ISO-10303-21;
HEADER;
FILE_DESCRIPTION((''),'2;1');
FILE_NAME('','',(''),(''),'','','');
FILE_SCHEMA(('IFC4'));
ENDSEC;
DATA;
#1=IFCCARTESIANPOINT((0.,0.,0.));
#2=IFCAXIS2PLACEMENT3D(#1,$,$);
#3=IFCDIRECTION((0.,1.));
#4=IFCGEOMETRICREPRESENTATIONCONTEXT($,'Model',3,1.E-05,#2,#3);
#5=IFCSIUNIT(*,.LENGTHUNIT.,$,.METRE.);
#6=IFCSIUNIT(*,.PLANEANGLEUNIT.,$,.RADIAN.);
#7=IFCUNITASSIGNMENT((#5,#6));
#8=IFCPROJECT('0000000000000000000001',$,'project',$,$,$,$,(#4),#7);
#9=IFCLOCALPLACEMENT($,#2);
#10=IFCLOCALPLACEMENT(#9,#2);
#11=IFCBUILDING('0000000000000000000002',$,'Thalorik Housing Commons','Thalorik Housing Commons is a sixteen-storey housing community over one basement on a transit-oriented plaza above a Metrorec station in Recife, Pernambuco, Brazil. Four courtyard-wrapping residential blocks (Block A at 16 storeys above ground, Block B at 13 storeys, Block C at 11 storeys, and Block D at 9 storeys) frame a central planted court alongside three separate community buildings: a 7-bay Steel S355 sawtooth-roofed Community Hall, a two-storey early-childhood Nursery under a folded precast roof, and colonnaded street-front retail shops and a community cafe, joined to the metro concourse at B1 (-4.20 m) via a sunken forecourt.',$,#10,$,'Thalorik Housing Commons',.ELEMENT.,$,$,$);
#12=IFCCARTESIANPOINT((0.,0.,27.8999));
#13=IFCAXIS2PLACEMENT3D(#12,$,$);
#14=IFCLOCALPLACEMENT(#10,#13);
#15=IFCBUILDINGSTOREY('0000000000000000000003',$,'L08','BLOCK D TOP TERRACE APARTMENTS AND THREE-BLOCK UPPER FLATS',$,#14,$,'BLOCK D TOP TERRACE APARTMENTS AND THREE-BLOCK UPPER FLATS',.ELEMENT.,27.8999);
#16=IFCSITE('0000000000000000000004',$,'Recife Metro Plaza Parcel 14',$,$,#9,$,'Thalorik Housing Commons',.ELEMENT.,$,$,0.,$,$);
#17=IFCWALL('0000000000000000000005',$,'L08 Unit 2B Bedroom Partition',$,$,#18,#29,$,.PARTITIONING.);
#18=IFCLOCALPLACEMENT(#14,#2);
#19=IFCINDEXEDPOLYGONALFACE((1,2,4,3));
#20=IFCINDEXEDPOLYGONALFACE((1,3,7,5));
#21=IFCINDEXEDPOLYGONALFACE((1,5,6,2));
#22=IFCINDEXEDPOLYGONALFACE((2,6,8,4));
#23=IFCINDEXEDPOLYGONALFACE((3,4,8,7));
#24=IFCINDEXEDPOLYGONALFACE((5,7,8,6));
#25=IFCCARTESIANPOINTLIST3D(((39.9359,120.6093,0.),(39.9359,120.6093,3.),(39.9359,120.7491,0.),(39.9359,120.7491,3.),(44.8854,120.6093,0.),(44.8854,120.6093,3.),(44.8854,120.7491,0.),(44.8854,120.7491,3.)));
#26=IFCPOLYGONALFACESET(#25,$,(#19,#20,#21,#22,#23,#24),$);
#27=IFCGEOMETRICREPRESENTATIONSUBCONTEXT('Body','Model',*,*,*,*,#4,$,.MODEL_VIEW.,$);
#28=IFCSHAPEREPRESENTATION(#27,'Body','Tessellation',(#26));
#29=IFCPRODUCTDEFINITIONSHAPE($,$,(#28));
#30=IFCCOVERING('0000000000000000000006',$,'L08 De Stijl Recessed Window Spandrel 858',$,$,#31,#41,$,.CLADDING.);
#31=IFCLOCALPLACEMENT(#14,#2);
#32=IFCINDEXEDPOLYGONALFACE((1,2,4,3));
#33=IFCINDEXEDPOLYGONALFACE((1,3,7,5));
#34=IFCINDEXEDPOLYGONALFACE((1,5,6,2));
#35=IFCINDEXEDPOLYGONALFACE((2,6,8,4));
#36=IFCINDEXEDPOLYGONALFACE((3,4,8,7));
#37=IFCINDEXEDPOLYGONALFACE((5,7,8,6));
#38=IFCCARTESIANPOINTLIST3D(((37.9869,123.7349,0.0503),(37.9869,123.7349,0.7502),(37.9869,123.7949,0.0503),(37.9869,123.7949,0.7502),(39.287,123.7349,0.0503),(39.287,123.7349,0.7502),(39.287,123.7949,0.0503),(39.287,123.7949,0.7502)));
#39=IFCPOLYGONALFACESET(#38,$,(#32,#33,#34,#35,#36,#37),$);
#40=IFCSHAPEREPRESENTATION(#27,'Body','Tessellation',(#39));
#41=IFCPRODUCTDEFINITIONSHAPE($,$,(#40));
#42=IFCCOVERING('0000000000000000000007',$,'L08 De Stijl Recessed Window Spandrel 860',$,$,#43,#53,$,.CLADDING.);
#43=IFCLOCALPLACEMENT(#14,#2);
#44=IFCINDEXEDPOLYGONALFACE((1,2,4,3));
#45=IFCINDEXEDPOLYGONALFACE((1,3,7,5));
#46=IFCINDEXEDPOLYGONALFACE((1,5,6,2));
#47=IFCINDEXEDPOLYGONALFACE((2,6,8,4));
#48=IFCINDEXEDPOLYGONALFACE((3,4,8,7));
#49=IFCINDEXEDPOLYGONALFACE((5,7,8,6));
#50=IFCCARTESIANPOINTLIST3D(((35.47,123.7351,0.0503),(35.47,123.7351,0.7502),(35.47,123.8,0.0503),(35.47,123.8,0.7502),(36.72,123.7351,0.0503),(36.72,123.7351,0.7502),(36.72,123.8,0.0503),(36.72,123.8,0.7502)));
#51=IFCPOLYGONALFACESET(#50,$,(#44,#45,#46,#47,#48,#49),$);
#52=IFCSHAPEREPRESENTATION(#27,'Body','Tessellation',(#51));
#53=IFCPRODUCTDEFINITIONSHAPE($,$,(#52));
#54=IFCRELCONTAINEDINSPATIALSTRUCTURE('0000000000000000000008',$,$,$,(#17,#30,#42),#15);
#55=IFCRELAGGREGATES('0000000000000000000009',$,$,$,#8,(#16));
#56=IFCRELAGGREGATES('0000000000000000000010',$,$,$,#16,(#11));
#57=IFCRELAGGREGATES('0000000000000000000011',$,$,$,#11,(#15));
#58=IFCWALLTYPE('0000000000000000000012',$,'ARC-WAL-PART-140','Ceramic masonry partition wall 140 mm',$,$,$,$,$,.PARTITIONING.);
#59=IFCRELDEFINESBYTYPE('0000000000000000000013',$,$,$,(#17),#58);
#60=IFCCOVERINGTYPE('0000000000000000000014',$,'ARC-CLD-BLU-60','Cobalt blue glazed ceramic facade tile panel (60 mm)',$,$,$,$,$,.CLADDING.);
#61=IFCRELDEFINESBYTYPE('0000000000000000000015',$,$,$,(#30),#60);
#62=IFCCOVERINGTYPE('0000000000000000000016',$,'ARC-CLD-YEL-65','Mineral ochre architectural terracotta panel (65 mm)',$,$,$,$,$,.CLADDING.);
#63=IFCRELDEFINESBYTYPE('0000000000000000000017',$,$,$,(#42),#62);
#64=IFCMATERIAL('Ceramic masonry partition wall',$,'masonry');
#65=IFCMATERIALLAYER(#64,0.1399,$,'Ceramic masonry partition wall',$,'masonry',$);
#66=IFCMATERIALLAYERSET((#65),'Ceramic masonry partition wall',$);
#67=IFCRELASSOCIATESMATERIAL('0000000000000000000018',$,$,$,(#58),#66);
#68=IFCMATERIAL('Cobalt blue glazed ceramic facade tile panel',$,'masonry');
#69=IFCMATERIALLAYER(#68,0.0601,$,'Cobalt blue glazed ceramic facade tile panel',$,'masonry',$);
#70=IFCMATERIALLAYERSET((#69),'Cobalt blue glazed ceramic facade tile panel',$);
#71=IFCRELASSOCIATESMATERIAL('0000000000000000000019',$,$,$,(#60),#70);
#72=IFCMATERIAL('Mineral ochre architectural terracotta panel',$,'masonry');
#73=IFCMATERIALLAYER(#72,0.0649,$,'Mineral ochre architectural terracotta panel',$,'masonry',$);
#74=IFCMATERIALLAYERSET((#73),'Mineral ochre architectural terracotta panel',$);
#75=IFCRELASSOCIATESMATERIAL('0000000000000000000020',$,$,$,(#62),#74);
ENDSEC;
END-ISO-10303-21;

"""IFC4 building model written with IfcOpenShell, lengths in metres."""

from ifc_helpers import new_model, si_unit, direction, frame, frame_2d, origin, origin_2d, place, context, subcontext, project, spatial, rectangle, extrude, material, layer, layer_set, type_object, element, save


model = new_model("IFC4")

# Units and contexts
model_context = context("Model", 3, precision=1e-05, world=origin(), true_north=direction((0.0, 1.0)))
body_context = subcontext(model_context, "Body", "Model", "MODEL_VIEW")
ifc_project = project(units=[si_unit("LENGTHUNIT", "METRE"), si_unit("PLANEANGLEUNIT", "RADIAN")], contexts=[model_context])

# Site, building, storey
site_placement = place(None, origin())
site = spatial("IfcSite", under=ifc_project, at=site_placement, Name="Recife Metro Plaza Parcel 14", LongName="Thalorik Housing Commons", CompositionType="ELEMENT", RefElevation=0.0)
building_placement = place(site_placement, origin())
building = spatial("IfcBuilding", under=site, at=building_placement, Name="Thalorik Housing Commons", Description="Thalorik Housing Commons is a sixteen-storey housing community over one basement on a transit-oriented plaza above a Metrorec station in Recife, Pernambuco, Brazil. Four courtyard-wrapping residential blocks (Block A at 16 storeys above ground, Block B at 13 storeys, Block C at 11 storeys, and Block D at 9 storeys) frame a central planted court alongside three separate community buildings: a 7-bay Steel S355 sawtooth-roofed Community Hall, a two-storey early-childhood Nursery under a folded precast roof, and colonnaded street-front retail shops and a community cafe, joined to the metro concourse at B1 (-4.20 m) via a sunken forecourt.", LongName="Thalorik Housing Commons", CompositionType="ELEMENT")
storey_placement = place(building_placement, frame((0.0, 0.0, 27.8999)))
storey = spatial("IfcBuildingStorey", under=building, at=storey_placement, Name="L08", Description="BLOCK D TOP TERRACE APARTMENTS AND THREE-BLOCK UPPER FLATS", LongName="BLOCK D TOP TERRACE APARTMENTS AND THREE-BLOCK UPPER FLATS", CompositionType="ELEMENT", Elevation=27.8999)

# Wall
ifc_material_1 = material(Name="Ceramic masonry partition wall", Category="masonry")
ifc_layer_1 = layer(ifc_material_1, 0.1399, Name="Ceramic masonry partition wall", Category="masonry")
ifc_layer_set_1 = layer_set([ifc_layer_1], Name="Ceramic masonry partition wall")
wall_type_1 = type_object("IfcWallType", Name="ARC-WAL-PART-140", Description="Ceramic masonry partition wall 140 mm", PredefinedType="PARTITIONING", material=ifc_layer_set_1)
wall_1_placement = place(storey_placement, frame((39.936, 120.6792, 0.0), z_axis=(0.0, 0.0, 1.0), x_axis=(1.0, 0.0, 0.0)))
element("IfcWall", 1, at=wall_1_placement, inside=storey, type_object=wall_type_1, Name="L08 Unit 2B Bedroom Partition", PredefinedType="PARTITIONING", context=body_context, shape_type="SweptSolid", body=[
    extrude(rectangle(XDim=4.9495, YDim=0.1399, at=frame_2d((2.4746, 0.0))), origin(), (0.0, 0.0, 1.0), 3.0),
])

# Coverings
ifc_material_2 = material(Name="Cobalt blue glazed ceramic facade tile panel", Category="masonry")
ifc_layer_2 = layer(ifc_material_2, 0.0601, Name="Cobalt blue glazed ceramic facade tile panel", Category="masonry")
ifc_layer_set_2 = layer_set([ifc_layer_2], Name="Cobalt blue glazed ceramic facade tile panel")
covering_type_1 = type_object("IfcCoveringType", Name="ARC-CLD-BLU-60", Description="Cobalt blue glazed ceramic facade tile panel (60 mm)", PredefinedType="CLADDING", material=ifc_layer_set_2)
covering_1_placement = place(storey_placement, frame((38.637, 123.7649, 0.0503), z_axis=(0.0, 0.0, 1.0), x_axis=(-1.0, 0.0, 0.0)))
element("IfcCovering", 2, at=covering_1_placement, inside=storey, type_object=covering_type_1, Name="L08 De Stijl Recessed Window Spandrel 858", PredefinedType="CLADDING", context=body_context, shape_type="SweptSolid", body=[
    extrude(rectangle(XDim=1.3, YDim=0.0601, at=origin_2d()), origin(), (0.0, 0.0, 1.0), 0.7),
])
ifc_material_3 = material(Name="Mineral ochre architectural terracotta panel", Category="masonry")
ifc_layer_3 = layer(ifc_material_3, 0.0649, Name="Mineral ochre architectural terracotta panel", Category="masonry")
ifc_layer_set_3 = layer_set([ifc_layer_3], Name="Mineral ochre architectural terracotta panel")
covering_type_2 = type_object("IfcCoveringType", Name="ARC-CLD-YEL-65", Description="Mineral ochre architectural terracotta panel (65 mm)", PredefinedType="CLADDING", material=ifc_layer_set_3)
covering_2_placement = place(storey_placement, frame((36.095, 123.7676, 0.0503), z_axis=(0.0, 0.0, 1.0), x_axis=(-1.0, 0.0, 0.0)))
element("IfcCovering", 3, at=covering_2_placement, inside=storey, type_object=covering_type_2, Name="L08 De Stijl Recessed Window Spandrel 860", PredefinedType="CLADDING", context=body_context, shape_type="SweptSolid", body=[
    extrude(rectangle(XDim=1.25, YDim=0.0649, at=origin_2d()), origin(), (0.0, 0.0, 1.0), 0.7),
])

save(model, "model.ifc")
